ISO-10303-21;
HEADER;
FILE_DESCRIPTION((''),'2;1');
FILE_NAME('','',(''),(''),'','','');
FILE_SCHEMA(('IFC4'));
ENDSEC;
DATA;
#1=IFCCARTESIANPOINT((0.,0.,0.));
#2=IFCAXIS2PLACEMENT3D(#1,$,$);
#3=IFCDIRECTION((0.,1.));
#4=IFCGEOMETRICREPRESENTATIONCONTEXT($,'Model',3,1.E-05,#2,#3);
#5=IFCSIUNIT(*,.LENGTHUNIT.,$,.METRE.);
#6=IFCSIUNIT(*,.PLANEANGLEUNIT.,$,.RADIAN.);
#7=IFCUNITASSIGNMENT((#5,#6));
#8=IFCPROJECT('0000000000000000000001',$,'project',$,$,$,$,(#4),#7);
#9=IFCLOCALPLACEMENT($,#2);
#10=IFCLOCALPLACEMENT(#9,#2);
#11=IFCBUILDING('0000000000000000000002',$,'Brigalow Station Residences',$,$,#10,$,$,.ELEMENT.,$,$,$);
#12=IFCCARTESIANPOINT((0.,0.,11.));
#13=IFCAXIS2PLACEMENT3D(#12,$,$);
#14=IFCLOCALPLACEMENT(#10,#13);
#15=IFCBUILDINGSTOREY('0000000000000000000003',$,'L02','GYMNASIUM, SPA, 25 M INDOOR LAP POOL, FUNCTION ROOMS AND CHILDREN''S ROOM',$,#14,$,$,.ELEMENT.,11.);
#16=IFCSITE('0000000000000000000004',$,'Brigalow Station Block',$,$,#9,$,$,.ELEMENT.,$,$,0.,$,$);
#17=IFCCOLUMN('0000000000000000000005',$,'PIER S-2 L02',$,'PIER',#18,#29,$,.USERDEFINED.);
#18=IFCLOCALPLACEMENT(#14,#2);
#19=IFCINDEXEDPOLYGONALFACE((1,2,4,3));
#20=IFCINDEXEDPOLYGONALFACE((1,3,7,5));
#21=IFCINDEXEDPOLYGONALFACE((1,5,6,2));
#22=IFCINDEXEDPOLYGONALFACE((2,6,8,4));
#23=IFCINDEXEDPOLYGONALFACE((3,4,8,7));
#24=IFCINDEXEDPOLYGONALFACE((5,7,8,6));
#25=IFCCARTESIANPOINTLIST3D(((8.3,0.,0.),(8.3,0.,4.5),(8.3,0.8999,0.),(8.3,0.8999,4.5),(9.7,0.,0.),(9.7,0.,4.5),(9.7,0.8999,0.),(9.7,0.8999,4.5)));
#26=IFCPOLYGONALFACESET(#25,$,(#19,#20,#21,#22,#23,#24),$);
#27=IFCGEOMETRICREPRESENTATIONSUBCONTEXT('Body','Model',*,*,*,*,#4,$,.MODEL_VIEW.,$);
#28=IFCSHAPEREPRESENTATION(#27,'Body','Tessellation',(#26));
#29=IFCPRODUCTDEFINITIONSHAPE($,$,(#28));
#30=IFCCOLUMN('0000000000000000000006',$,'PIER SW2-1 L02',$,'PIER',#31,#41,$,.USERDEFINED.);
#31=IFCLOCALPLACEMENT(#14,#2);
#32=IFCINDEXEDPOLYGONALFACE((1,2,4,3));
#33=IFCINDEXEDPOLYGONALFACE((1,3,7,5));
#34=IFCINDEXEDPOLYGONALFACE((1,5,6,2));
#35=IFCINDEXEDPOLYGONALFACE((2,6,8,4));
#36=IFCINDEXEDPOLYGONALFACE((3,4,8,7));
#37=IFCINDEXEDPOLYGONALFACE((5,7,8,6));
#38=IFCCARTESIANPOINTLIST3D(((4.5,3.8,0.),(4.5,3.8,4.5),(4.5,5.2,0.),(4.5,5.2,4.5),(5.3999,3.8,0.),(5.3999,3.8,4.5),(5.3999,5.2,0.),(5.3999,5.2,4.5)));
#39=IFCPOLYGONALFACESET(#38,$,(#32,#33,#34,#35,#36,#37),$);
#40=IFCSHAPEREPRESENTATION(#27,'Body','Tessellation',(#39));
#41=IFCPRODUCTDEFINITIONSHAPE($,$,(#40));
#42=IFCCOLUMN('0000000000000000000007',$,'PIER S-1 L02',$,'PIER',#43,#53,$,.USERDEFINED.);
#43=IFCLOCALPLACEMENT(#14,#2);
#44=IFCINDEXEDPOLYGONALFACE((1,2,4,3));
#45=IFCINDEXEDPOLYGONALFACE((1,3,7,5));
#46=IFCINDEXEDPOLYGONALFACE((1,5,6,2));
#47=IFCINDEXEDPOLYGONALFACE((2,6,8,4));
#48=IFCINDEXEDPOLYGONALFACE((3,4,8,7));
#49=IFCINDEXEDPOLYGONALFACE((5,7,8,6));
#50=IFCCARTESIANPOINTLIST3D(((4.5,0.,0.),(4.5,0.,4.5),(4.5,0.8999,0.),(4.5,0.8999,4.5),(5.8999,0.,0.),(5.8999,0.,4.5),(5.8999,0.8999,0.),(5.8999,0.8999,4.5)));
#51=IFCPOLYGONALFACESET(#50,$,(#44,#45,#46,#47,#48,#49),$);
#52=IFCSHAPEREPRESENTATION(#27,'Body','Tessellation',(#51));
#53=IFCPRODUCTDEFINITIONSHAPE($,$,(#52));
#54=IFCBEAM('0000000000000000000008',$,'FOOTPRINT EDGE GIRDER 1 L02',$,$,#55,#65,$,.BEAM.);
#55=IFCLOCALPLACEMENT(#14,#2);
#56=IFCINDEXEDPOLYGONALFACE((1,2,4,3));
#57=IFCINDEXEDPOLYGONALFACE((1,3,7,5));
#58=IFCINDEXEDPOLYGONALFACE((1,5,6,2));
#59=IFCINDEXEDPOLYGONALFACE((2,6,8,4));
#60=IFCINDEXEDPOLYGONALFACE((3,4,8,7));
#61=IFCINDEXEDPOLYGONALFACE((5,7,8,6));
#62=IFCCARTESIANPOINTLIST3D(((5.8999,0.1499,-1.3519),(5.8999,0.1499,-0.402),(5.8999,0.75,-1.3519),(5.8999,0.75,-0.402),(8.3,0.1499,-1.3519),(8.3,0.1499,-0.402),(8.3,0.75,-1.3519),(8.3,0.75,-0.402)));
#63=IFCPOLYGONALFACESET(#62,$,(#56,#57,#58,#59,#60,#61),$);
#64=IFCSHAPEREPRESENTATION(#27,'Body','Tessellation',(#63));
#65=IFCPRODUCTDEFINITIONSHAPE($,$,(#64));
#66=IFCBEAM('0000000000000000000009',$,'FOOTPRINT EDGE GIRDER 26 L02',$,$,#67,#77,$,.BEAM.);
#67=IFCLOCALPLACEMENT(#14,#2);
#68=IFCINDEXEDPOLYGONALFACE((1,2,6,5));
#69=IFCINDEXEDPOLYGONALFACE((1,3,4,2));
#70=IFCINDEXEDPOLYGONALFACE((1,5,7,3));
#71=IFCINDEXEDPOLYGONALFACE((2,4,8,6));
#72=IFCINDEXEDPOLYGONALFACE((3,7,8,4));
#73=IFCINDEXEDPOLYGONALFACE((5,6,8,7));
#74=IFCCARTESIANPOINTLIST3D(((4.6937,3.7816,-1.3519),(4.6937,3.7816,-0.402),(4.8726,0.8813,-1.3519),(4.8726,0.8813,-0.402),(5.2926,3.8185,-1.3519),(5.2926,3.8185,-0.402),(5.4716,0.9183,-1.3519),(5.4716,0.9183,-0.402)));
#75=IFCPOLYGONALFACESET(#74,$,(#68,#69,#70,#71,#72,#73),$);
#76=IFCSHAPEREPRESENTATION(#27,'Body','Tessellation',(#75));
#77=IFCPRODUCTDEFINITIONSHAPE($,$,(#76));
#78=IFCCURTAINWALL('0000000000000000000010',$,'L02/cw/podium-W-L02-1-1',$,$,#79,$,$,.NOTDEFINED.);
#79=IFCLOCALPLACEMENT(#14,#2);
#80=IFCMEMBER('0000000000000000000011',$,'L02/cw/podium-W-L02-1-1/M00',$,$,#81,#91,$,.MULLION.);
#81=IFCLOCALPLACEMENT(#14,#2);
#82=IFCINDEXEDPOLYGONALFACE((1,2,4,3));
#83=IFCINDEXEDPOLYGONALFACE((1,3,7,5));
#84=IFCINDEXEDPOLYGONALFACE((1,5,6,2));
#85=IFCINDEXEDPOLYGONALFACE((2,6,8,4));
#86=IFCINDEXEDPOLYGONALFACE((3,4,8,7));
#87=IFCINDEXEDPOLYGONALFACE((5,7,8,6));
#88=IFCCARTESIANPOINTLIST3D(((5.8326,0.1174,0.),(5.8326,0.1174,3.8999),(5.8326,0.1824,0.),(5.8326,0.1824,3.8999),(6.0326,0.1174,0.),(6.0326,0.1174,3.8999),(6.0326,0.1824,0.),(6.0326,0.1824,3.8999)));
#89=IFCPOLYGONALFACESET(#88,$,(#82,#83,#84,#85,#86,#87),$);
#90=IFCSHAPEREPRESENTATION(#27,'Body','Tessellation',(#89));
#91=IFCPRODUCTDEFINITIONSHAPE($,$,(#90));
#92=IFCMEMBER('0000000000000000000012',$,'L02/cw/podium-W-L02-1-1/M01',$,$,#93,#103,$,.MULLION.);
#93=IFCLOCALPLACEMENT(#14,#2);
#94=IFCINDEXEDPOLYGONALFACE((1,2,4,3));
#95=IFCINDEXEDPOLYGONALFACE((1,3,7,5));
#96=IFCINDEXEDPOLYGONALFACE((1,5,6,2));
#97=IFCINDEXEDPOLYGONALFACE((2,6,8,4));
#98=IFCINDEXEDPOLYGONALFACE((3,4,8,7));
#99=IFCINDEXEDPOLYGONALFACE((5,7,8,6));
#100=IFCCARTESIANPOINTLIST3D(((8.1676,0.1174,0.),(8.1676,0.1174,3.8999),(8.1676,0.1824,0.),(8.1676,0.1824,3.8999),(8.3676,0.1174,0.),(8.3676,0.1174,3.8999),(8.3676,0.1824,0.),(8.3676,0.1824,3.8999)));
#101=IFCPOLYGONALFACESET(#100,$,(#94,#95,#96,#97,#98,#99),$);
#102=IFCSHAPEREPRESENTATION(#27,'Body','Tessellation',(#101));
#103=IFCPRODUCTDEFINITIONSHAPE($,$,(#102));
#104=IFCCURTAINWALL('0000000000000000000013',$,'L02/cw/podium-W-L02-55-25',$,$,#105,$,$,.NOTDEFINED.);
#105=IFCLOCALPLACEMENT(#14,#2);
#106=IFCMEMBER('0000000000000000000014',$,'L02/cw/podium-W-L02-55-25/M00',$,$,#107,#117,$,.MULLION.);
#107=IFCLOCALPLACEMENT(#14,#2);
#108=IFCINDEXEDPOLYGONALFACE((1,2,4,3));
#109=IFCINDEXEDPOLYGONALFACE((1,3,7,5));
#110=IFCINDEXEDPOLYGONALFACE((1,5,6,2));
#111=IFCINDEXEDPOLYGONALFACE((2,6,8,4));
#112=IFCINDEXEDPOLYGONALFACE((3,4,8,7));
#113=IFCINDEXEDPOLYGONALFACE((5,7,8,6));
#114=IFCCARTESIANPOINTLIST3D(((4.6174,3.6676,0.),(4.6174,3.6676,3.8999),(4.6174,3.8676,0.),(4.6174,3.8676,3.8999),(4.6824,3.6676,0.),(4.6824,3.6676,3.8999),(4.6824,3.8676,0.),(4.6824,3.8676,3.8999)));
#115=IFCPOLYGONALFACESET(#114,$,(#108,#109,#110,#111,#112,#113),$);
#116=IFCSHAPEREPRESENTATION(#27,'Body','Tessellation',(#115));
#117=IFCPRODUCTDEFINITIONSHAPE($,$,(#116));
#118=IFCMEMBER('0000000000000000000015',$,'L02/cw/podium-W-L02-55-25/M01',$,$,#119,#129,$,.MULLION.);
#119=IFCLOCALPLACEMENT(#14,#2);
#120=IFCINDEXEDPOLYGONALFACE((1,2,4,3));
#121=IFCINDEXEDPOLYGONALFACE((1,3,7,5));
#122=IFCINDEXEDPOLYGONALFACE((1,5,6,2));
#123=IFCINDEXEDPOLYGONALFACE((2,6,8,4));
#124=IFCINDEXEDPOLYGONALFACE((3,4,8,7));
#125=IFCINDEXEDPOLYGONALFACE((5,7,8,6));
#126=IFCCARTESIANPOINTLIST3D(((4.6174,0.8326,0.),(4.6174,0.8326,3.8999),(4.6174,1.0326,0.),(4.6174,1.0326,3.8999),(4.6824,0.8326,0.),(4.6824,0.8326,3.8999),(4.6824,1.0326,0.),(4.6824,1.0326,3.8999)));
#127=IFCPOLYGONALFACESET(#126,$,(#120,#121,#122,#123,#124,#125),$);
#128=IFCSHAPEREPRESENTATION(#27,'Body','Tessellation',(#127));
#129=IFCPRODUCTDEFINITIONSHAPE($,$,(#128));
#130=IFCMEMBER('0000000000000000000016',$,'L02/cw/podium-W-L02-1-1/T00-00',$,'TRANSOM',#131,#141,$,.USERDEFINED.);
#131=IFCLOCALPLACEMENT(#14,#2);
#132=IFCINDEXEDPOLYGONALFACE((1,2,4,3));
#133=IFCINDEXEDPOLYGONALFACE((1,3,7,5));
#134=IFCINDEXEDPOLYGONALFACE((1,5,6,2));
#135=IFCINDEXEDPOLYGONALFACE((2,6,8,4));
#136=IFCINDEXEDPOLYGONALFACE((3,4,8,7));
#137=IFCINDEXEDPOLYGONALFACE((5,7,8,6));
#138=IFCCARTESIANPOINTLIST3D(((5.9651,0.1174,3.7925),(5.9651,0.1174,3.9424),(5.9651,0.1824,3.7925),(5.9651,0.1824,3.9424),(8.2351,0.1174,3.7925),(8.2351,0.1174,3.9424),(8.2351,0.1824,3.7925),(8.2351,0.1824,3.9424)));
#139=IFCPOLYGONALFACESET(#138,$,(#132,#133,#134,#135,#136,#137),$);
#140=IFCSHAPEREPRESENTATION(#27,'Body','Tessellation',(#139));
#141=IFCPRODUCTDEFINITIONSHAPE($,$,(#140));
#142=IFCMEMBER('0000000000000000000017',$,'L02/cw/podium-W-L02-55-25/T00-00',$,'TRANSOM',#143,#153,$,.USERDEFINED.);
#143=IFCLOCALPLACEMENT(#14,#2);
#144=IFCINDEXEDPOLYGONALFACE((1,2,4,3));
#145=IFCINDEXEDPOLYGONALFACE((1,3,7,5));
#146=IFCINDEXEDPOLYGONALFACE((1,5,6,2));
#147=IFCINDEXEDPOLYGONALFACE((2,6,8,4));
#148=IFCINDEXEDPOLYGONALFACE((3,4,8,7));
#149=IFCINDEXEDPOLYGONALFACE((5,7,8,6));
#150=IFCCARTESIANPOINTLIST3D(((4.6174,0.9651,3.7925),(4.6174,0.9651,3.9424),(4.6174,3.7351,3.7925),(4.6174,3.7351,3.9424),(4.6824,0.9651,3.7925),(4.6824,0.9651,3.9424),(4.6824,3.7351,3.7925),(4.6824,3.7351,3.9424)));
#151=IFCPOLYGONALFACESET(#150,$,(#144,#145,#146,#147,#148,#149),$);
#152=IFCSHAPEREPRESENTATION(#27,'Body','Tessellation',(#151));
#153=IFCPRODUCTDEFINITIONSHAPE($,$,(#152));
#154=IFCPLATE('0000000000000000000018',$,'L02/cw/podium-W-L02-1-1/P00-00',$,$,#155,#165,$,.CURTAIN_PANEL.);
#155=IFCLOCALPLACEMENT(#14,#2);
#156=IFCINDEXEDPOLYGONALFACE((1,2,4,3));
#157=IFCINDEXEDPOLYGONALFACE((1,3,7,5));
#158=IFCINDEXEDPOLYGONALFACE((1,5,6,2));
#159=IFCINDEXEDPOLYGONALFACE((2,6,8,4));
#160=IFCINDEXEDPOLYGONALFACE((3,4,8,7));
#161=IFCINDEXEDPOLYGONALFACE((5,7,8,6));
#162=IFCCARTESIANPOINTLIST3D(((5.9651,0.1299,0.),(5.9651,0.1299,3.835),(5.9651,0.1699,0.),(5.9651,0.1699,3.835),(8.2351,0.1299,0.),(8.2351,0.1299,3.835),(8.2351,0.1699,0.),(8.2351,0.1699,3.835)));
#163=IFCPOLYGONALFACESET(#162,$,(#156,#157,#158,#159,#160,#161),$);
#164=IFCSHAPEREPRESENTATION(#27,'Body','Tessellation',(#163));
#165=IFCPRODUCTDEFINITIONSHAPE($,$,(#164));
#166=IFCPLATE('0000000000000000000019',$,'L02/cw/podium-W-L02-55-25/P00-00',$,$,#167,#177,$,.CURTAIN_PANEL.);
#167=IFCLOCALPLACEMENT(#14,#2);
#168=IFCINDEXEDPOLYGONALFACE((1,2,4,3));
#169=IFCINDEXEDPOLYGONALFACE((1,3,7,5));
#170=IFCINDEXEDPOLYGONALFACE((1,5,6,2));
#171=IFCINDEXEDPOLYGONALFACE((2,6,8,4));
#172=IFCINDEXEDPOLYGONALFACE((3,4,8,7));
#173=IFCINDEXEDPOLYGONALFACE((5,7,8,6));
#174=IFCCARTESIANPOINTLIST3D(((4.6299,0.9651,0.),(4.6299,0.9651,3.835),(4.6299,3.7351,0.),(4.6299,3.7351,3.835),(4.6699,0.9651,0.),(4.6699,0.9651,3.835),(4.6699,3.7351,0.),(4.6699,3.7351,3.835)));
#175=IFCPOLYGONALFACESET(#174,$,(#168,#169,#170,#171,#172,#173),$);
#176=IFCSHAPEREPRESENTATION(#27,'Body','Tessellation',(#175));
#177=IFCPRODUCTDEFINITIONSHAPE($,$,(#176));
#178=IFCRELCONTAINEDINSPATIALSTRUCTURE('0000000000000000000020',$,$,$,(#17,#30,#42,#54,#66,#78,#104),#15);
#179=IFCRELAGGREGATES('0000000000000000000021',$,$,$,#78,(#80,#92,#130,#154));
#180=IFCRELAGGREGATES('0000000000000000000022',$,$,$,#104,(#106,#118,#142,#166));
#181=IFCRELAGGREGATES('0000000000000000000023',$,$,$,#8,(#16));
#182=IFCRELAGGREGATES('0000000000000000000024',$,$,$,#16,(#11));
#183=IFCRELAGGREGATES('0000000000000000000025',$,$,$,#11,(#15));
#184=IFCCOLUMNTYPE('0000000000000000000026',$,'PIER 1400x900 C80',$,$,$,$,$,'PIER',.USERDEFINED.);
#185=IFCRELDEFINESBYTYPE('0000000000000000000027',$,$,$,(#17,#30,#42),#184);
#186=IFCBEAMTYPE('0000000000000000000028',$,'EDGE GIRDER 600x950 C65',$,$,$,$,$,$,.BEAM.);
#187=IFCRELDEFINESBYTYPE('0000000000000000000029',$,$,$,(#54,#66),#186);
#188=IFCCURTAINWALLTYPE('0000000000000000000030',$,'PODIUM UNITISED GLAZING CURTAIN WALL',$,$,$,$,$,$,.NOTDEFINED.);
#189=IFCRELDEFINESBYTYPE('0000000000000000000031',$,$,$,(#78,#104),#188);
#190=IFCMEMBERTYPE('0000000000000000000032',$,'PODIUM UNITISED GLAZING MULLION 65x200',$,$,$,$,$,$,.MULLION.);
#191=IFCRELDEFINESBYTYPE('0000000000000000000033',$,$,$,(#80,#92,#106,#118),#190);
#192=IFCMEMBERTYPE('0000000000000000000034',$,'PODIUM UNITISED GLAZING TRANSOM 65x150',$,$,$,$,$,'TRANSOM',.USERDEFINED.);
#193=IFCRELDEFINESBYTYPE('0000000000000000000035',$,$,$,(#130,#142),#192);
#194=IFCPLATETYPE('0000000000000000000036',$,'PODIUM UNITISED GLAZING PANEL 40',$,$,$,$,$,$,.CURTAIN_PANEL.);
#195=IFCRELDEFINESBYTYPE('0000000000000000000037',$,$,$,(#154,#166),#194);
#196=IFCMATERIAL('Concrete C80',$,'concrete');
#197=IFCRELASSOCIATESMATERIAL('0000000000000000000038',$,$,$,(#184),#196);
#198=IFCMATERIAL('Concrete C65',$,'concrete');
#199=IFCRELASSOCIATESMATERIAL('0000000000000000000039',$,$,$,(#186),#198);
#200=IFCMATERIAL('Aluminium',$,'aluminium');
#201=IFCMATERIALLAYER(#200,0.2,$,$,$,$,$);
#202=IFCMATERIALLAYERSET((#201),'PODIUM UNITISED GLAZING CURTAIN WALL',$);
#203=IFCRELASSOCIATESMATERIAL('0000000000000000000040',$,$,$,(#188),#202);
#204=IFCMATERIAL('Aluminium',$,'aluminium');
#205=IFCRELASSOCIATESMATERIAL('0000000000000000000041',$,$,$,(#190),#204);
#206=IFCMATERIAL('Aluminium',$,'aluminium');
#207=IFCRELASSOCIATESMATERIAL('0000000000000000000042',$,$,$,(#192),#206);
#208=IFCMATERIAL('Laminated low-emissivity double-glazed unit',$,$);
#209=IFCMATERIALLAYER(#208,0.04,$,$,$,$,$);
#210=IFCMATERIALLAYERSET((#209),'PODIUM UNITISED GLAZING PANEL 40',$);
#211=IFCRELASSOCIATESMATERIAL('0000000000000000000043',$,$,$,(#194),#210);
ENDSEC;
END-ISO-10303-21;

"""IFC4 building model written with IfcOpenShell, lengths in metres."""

from ifc_helpers import new_model, si_unit, direction, frame, origin, origin_2d, place, context, subcontext, project, spatial, rectangle, extrude, material, layer, layer_set, material_profile, profile_set, type_object, element, aggregate, save


model = new_model("IFC4")

# Units and contexts
model_context = context("Model", 3, precision=1e-05, world=origin(), true_north=direction((0.0, 1.0)))
body_context = subcontext(model_context, "Body", "Model", "MODEL_VIEW")
ifc_project = project(units=[si_unit("LENGTHUNIT", "METRE"), si_unit("PLANEANGLEUNIT", "RADIAN")], contexts=[model_context])

# Site, building, storey
site_placement = place(None, origin())
site = spatial("IfcSite", under=ifc_project, at=site_placement, Name="Brigalow Station Block", CompositionType="ELEMENT", RefElevation=0.0)
building_placement = place(site_placement, origin())
building = spatial("IfcBuilding", under=site, at=building_placement, Name="Brigalow Station Residences", CompositionType="ELEMENT")
storey_placement = place(building_placement, frame((0.0, 0.0, 11.0)))
storey = spatial("IfcBuildingStorey", under=building, at=storey_placement, Name="L02", Description="GYMNASIUM, SPA, 25 M INDOOR LAP POOL, FUNCTION ROOMS AND CHILDREN'S ROOM", CompositionType="ELEMENT", Elevation=11.0)

# Columns
ifc_material_1 = material(Name="Concrete C80", Category="concrete")
ifc_material_profile_1 = material_profile(ifc_material_1, rectangle(XDim=1.3999, YDim=0.8999, at=origin_2d()), Name="RC1400x900")
ifc_profile_set_1 = profile_set([ifc_material_profile_1], Name="Concrete C80")
column_type = type_object("IfcColumnType", Name="PIER 1400x900 C80", ElementType="PIER", PredefinedType="USERDEFINED", material=ifc_profile_set_1)
for number, where, z_axis, x_axis, name in (
    (1, (9.0, 0.45, 0.0), (0.0, 0.0, 1.0), (1.0, 0.0, 0.0), "PIER S-2 L02"),
    (2, (4.95, 4.5, 0.0), (0.0, 0.0, 1.0), (0.0, -1.0, 0.0), "PIER SW2-1 L02"),
    (3, (5.2, 0.45, 0.0), (0.0, 0.0, 1.0), (1.0, 0.0, 0.0), "PIER S-1 L02"),
):
    element("IfcColumn", number, at=place(storey_placement, frame(where, z_axis=z_axis, x_axis=x_axis)), inside=storey, type_object=column_type, Name=name, ObjectType="PIER", PredefinedType="USERDEFINED", context=body_context, shape_type="SweptSolid", body=[
        extrude(rectangle(XDim=1.3999, YDim=0.8999, at=origin_2d()), origin(), (0.0, 0.0, 1.0), 4.5),
    ])

# Beams
ifc_material_2 = material(Name="Concrete C65", Category="concrete")
ifc_material_profile_2 = material_profile(ifc_material_2, rectangle(XDim=0.6001, YDim=0.95, at=origin_2d()), Name="RC600x950")
ifc_profile_set_2 = profile_set([ifc_material_profile_2], Name="Concrete C65")
beam_type = type_object("IfcBeamType", Name="EDGE GIRDER 600x950 C65", PredefinedType="BEAM", material=ifc_profile_set_2)
beam_1_placement = place(storey_placement, frame((5.8999, 0.45, -0.877), z_axis=(1.0, 0.0, 0.0), x_axis=(0.0, 1.0, 0.0)))
element("IfcBeam", 4, at=beam_1_placement, inside=storey, type_object=beam_type, Name="FOOTPRINT EDGE GIRDER 1 L02", PredefinedType="BEAM", context=body_context, shape_type="SweptSolid", body=[
    extrude(rectangle(XDim=0.6001, YDim=0.95, at=origin_2d()), origin(), (0.0, 0.0, 1.0), 2.4001),
])
beam_2_placement = place(storey_placement, frame((4.9932, 3.8, -0.877), z_axis=(0.061588, -0.998102, 0.0), x_axis=(0.998102, 0.061588, 0.0)))
element("IfcBeam", 5, at=beam_2_placement, inside=storey, type_object=beam_type, Name="FOOTPRINT EDGE GIRDER 26 L02", PredefinedType="BEAM", context=body_context, shape_type="SweptSolid", body=[
    extrude(rectangle(XDim=0.6001, YDim=0.95, at=origin_2d()), origin(), (0.0, 0.0, 1.0), 2.9058),
])

# Curtain walls, members
ifc_material_3 = material(Name="Aluminium", Category="aluminium")
ifc_layer_1 = layer(ifc_material_3, 0.2)
ifc_layer_set_1 = layer_set([ifc_layer_1], Name="PODIUM UNITISED GLAZING CURTAIN WALL")
curtain_wall_type = type_object("IfcCurtainWallType", Name="PODIUM UNITISED GLAZING CURTAIN WALL", PredefinedType="NOTDEFINED", material=ifc_layer_set_1)
curtain_wall_1_placement = place(storey_placement, origin())
curtain_wall_1 = element("IfcCurtainWall", 6, at=curtain_wall_1_placement, inside=storey, type_object=curtain_wall_type, Name="L02/cw/podium-W-L02-1-1", PredefinedType="NOTDEFINED")
ifc_material_4 = material(Name="Aluminium", Category="aluminium")
ifc_material_profile_3 = material_profile(ifc_material_4, rectangle(XDim=0.0649, YDim=0.2, at=origin_2d()), Name="PODIUM UNITISED GLAZING MULLION 65x200")
ifc_profile_set_3 = profile_set([ifc_material_profile_3], Name="Aluminium")
member_type_1 = type_object("IfcMemberType", Name="PODIUM UNITISED GLAZING MULLION 65x200", PredefinedType="MULLION", material=ifc_profile_set_3)
member_1_placement = place(storey_placement, frame((5.9326, 0.1499, 0.0), z_axis=(0.0, 0.0, 1.0), x_axis=(0.0, 1.0, 0.0)))
member_1 = element("IfcMember", 7, at=member_1_placement, type_object=member_type_1, Name="L02/cw/podium-W-L02-1-1/M00", PredefinedType="MULLION", context=body_context, shape_type="SweptSolid", body=[
    extrude(rectangle(XDim=0.0649, YDim=0.2, at=origin_2d()), origin(), (0.0, 0.0, 1.0), 3.8999),
])
member_2_placement = place(storey_placement, frame((8.2676, 0.1499, 0.0), z_axis=(0.0, 0.0, 1.0), x_axis=(0.0, 1.0, 0.0)))
member_2 = element("IfcMember", 8, at=member_2_placement, type_object=member_type_1, Name="L02/cw/podium-W-L02-1-1/M01", PredefinedType="MULLION", context=body_context, shape_type="SweptSolid", body=[
    extrude(rectangle(XDim=0.0649, YDim=0.2, at=origin_2d()), origin(), (0.0, 0.0, 1.0), 3.8999),
])
curtain_wall_2_placement = place(storey_placement, origin())
curtain_wall_2 = element("IfcCurtainWall", 9, at=curtain_wall_2_placement, inside=storey, type_object=curtain_wall_type, Name="L02/cw/podium-W-L02-55-25", PredefinedType="NOTDEFINED")
member_3_placement = place(storey_placement, frame((4.6499, 3.7676, 0.0), z_axis=(0.0, 0.0, 1.0), x_axis=(1.0, 0.0, 0.0)))
member_3 = element("IfcMember", 10, at=member_3_placement, type_object=member_type_1, Name="L02/cw/podium-W-L02-55-25/M00", PredefinedType="MULLION", context=body_context, shape_type="SweptSolid", body=[
    extrude(rectangle(XDim=0.0649, YDim=0.2, at=origin_2d()), origin(), (0.0, 0.0, 1.0), 3.8999),
])
member_4_placement = place(storey_placement, frame((4.6499, 0.9326, 0.0), z_axis=(0.0, 0.0, 1.0), x_axis=(1.0, 0.0, 0.0)))
member_4 = element("IfcMember", 11, at=member_4_placement, type_object=member_type_1, Name="L02/cw/podium-W-L02-55-25/M01", PredefinedType="MULLION", context=body_context, shape_type="SweptSolid", body=[
    extrude(rectangle(XDim=0.0649, YDim=0.2, at=origin_2d()), origin(), (0.0, 0.0, 1.0), 3.8999),
])

# Members
ifc_material_5 = material(Name="Aluminium", Category="aluminium")
ifc_material_profile_4 = material_profile(ifc_material_5, rectangle(XDim=0.0649, YDim=0.1499, at=origin_2d()), Name="PODIUM UNITISED GLAZING TRANSOM 65x150")
ifc_profile_set_4 = profile_set([ifc_material_profile_4], Name="Aluminium")
member_type_2 = type_object("IfcMemberType", Name="PODIUM UNITISED GLAZING TRANSOM 65x150", ElementType="TRANSOM", PredefinedType="USERDEFINED", material=ifc_profile_set_4)
member_5_placement = place(storey_placement, frame((5.9651, 0.1499, 3.8674), z_axis=(1.0, 0.0, 0.0), x_axis=(0.0, 1.0, 0.0)))
member_5 = element("IfcMember", 12, at=member_5_placement, type_object=member_type_2, Name="L02/cw/podium-W-L02-1-1/T00-00", ObjectType="TRANSOM", PredefinedType="USERDEFINED", context=body_context, shape_type="SweptSolid", body=[
    extrude(rectangle(XDim=0.0649, YDim=0.1499, at=origin_2d()), origin(), (0.0, 0.0, 1.0), 2.27),
])
member_6_placement = place(storey_placement, frame((4.6499, 3.7351, 3.8674), z_axis=(0.0, -1.0, 0.0), x_axis=(1.0, 0.0, 0.0)))
member_6 = element("IfcMember", 13, at=member_6_placement, type_object=member_type_2, Name="L02/cw/podium-W-L02-55-25/T00-00", ObjectType="TRANSOM", PredefinedType="USERDEFINED", context=body_context, shape_type="SweptSolid", body=[
    extrude(rectangle(XDim=0.0649, YDim=0.1499, at=origin_2d()), origin(), (0.0, 0.0, 1.0), 2.77),
])

# Plates
ifc_material_6 = material(Name="Laminated low-emissivity double-glazed unit")
ifc_layer_2 = layer(ifc_material_6, 0.04)
ifc_layer_set_2 = layer_set([ifc_layer_2], Name="PODIUM UNITISED GLAZING PANEL 40")
plate_type = type_object("IfcPlateType", Name="PODIUM UNITISED GLAZING PANEL 40", PredefinedType="CURTAIN_PANEL", material=ifc_layer_set_2)
plate_1_placement = place(storey_placement, frame((7.1001, 0.1499, 0.0), z_axis=(0.0, 0.0, 1.0), x_axis=(1.0, 0.0, 0.0)))
plate_1 = element("IfcPlate", 14, at=plate_1_placement, type_object=plate_type, Name="L02/cw/podium-W-L02-1-1/P00-00", PredefinedType="CURTAIN_PANEL", context=body_context, shape_type="SweptSolid", body=[
    extrude(rectangle(XDim=2.27, YDim=0.04, at=origin_2d()), origin(), (0.0, 0.0, 1.0), 3.835),
])
aggregate(curtain_wall_1, [member_1, member_2, member_5, plate_1])
plate_2_placement = place(storey_placement, frame((4.6499, 2.3501, 0.0), z_axis=(0.0, 0.0, 1.0), x_axis=(0.0, -1.0, 0.0)))
plate_2 = element("IfcPlate", 15, at=plate_2_placement, type_object=plate_type, Name="L02/cw/podium-W-L02-55-25/P00-00", PredefinedType="CURTAIN_PANEL", context=body_context, shape_type="SweptSolid", body=[
    extrude(rectangle(XDim=2.77, YDim=0.04, at=origin_2d()), origin(), (0.0, 0.0, 1.0), 3.835),
])
aggregate(curtain_wall_2, [member_3, member_4, member_6, plate_2])

save(model, "model.ifc")
